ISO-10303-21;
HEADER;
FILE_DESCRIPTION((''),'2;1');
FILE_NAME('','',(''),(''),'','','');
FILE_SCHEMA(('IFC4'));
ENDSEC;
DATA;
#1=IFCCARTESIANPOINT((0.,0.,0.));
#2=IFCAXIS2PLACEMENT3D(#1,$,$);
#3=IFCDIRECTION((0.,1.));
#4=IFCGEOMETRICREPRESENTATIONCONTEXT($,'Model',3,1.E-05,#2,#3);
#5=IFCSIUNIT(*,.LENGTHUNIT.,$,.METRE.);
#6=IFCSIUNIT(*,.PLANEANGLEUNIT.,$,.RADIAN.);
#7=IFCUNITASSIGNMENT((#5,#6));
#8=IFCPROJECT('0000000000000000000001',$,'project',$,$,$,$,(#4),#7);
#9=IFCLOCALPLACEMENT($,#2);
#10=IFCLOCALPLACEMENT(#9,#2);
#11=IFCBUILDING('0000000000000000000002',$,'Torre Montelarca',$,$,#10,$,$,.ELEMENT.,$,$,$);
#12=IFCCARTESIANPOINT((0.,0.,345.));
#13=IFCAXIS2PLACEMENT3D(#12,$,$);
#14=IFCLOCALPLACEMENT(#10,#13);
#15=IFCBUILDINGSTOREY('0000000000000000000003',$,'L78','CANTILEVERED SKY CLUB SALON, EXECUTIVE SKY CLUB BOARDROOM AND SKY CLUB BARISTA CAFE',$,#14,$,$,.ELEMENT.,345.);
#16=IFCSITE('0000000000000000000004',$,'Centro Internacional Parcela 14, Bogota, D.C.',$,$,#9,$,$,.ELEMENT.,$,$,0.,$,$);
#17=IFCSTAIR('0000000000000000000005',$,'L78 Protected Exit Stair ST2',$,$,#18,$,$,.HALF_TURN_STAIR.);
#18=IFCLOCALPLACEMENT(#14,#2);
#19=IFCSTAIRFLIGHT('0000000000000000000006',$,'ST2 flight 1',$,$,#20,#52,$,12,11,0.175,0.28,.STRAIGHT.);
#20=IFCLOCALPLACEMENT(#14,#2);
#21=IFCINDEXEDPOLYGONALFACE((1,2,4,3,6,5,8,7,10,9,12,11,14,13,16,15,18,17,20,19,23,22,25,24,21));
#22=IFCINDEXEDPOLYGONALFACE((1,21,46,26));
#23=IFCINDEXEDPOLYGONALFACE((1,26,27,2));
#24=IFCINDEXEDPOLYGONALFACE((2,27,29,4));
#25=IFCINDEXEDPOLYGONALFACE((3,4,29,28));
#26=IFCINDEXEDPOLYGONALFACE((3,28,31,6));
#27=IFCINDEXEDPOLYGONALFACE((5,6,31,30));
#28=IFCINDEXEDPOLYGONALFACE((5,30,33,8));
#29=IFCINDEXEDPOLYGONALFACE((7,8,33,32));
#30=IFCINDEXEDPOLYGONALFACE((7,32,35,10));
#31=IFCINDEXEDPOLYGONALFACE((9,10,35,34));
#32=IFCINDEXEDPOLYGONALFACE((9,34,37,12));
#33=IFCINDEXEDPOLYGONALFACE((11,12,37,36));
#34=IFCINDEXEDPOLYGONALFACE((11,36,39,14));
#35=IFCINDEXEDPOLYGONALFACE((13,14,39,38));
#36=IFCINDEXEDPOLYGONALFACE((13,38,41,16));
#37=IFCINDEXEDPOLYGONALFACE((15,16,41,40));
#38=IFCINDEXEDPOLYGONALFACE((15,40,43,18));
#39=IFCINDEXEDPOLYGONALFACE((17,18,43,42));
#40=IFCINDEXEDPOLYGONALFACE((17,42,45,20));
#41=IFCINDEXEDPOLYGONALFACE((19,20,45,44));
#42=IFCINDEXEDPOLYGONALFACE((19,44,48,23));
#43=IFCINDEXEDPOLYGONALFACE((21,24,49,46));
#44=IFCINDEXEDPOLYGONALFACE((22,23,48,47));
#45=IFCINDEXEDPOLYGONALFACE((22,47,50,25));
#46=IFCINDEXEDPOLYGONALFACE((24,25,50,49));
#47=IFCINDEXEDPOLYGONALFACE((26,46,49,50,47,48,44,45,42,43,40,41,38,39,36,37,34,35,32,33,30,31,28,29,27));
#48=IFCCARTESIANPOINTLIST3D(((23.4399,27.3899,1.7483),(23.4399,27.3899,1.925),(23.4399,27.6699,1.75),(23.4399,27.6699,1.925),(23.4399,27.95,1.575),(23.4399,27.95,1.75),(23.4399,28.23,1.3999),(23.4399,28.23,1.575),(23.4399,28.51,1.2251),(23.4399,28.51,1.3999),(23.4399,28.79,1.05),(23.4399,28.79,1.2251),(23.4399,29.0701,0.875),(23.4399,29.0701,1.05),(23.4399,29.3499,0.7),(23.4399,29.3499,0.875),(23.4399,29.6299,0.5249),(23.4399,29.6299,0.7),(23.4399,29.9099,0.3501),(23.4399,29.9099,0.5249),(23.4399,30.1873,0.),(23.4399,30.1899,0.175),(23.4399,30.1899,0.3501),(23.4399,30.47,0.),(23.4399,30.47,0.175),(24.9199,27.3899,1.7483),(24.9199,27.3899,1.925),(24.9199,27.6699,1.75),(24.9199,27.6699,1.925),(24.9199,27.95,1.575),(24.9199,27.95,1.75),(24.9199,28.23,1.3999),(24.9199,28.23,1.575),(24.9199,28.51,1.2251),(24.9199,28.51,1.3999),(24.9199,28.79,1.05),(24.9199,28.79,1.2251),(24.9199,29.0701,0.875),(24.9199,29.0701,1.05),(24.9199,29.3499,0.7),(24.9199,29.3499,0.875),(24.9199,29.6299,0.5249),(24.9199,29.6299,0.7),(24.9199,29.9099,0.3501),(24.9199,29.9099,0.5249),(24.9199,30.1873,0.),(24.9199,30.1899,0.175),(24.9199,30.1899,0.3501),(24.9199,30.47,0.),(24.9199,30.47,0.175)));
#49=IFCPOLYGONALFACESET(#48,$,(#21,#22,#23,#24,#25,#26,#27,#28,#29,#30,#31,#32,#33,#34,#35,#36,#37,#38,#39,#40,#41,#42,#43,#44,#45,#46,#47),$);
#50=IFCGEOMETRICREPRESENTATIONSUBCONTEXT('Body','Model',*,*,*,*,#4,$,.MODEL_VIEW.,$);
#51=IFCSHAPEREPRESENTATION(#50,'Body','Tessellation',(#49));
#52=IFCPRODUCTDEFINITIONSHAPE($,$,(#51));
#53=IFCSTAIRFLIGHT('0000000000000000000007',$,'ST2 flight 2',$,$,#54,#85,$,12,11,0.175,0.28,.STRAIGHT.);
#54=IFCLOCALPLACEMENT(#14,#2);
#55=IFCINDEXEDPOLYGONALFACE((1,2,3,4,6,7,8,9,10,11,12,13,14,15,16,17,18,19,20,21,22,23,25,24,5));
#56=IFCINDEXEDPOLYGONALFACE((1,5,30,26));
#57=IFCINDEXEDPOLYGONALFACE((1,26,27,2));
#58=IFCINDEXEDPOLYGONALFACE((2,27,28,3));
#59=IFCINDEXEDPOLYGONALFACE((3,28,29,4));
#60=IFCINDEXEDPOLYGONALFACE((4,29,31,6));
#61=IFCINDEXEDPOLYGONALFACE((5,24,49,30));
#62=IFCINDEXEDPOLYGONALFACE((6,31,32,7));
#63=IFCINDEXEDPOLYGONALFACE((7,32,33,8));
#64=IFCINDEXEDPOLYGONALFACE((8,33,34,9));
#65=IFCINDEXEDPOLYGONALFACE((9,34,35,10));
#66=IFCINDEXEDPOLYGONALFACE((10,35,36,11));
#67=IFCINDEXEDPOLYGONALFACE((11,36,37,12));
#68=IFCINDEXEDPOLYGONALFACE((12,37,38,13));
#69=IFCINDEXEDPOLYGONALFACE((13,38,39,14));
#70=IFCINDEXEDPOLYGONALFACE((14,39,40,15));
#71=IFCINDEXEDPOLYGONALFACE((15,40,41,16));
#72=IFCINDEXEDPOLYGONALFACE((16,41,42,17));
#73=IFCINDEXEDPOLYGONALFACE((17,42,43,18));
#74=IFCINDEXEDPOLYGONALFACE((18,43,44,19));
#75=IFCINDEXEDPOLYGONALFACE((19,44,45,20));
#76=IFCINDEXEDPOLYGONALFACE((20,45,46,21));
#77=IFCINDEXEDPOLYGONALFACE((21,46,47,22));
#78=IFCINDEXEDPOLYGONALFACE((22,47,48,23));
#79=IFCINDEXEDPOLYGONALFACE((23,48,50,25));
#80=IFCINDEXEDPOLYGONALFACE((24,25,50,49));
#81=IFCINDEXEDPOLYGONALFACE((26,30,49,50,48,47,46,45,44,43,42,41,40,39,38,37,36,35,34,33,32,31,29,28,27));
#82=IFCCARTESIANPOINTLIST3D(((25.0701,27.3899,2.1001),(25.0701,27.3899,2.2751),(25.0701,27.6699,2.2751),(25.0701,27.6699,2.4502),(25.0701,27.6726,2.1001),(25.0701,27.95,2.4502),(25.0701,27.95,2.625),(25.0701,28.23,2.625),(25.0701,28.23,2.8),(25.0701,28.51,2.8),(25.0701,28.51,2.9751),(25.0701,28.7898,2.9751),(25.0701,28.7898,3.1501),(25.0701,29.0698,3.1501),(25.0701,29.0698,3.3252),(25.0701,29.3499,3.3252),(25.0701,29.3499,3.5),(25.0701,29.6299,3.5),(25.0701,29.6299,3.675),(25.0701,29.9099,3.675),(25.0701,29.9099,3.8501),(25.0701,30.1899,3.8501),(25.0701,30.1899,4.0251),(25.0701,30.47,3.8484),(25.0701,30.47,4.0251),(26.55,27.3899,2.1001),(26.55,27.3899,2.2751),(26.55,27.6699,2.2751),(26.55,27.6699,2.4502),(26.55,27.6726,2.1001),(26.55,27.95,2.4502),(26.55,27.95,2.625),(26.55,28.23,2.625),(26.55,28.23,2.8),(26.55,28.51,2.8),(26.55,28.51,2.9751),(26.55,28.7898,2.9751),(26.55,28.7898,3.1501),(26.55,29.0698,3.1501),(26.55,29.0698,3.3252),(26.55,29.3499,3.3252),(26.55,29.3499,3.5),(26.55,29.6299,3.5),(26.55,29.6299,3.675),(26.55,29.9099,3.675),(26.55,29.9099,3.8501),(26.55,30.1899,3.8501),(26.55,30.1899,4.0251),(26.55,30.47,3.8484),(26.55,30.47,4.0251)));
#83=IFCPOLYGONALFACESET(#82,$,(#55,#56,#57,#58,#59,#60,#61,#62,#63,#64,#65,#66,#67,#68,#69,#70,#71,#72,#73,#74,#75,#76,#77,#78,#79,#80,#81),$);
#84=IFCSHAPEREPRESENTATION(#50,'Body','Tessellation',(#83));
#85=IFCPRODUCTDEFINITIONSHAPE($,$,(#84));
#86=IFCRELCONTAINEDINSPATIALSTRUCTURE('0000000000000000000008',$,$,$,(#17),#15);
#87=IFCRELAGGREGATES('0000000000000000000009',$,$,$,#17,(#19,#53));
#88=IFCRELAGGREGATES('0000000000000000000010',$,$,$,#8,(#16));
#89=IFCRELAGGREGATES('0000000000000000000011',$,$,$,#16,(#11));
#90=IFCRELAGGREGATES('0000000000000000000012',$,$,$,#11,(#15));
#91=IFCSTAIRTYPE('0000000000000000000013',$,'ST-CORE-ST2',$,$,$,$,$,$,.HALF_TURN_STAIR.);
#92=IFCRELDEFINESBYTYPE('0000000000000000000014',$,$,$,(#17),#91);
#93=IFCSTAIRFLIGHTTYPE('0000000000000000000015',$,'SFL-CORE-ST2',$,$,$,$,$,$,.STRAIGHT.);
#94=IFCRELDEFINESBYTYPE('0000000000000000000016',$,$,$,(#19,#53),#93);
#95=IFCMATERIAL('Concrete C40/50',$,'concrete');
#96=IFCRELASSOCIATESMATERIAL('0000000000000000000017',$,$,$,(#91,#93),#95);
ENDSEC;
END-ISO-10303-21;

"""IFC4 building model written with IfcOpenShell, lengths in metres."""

from ifc_helpers import new_model, si_unit, direction, frame, origin, place, context, subcontext, project, spatial, polyline, outline, extrude, material, type_object, element, aggregate, save


model = new_model("IFC4")

# Units and contexts
model_context = context("Model", 3, precision=1e-05, world=origin(), true_north=direction((0.0, 1.0)))
body_context = subcontext(model_context, "Body", "Model", "MODEL_VIEW")
ifc_project = project(units=[si_unit("LENGTHUNIT", "METRE"), si_unit("PLANEANGLEUNIT", "RADIAN")], contexts=[model_context])

# Site, building, storey
site_placement = place(None, origin())
site = spatial("IfcSite", under=ifc_project, at=site_placement, Name="Centro Internacional Parcela 14, Bogota, D.C.", CompositionType="ELEMENT", RefElevation=0.0)
building_placement = place(site_placement, origin())
building = spatial("IfcBuilding", under=site, at=building_placement, Name="Torre Montelarca", CompositionType="ELEMENT")
storey_placement = place(building_placement, frame((0.0, 0.0, 345.0)))
storey = spatial("IfcBuildingStorey", under=building, at=storey_placement, Name="L78", Description="CANTILEVERED SKY CLUB SALON, EXECUTIVE SKY CLUB BOARDROOM AND SKY CLUB BARISTA CAFE", CompositionType="ELEMENT", Elevation=345.0)

# Shared definitions
ifc_material_1 = material(Name="Concrete C40/50", Category="concrete")

# Stair, stair flights
stair_type = type_object("IfcStairType", Name="ST-CORE-ST2", PredefinedType="HALF_TURN_STAIR", material=ifc_material_1)
stair_placement = place(storey_placement, origin())
stair = element("IfcStair", 1, at=stair_placement, inside=storey, type_object=stair_type, Name="L78 Protected Exit Stair ST2", PredefinedType="HALF_TURN_STAIR")
stair_flight_type = type_object("IfcStairFlightType", Name="SFL-CORE-ST2", PredefinedType="STRAIGHT", material=ifc_material_1)
stair_flight_1_placement = place(storey_placement, frame((24.1799, 30.47, 0.0), z_axis=(0.0, 0.0, 1.0), x_axis=(0.0, -1.0, 0.0)))
stair_flight_1 = element("IfcStairFlight", 2, at=stair_flight_1_placement, type_object=stair_flight_type, Name="ST2 flight 1", NumberOfRisers=12, NumberOfTreads=11, PredefinedType="STRAIGHT", RiserHeight=0.175, TreadLength=0.28, context=body_context, shape_type="SweptSolid", body=[
    extrude(outline(polyline([(0.0, 0.0), (0.0, 0.175), (0.28, 0.175), (0.28, 0.3501), (0.5601, 0.3501), (0.5601, 0.5249), (0.8401, 0.5249), (0.8401, 0.7), (1.1201, 0.7), (1.1201, 0.875), (1.3999, 0.875), (1.3999, 1.05), (1.6799, 1.05), (1.6799, 1.2251), (1.96, 1.2251), (1.96, 1.3999), (2.24, 1.3999), (2.24, 1.575), (2.52, 1.575), (2.52, 1.75), (2.8, 1.75), (2.8, 1.925), (3.0801, 1.925), (3.0801, 2.1001), (3.0801, 1.7483), (0.2827, 0.0), (0.0, 0.0)])), frame((0.0, 0.74, 0.0), z_axis=(0.0, -1.0, 0.0), x_axis=(1.0, 0.0, 0.0)), (0.0, 0.0, 1.0), 1.48),
])
stair_flight_2_placement = place(storey_placement, frame((25.8101, 27.3899, 2.1001), z_axis=(0.0, 0.0, 1.0), x_axis=(0.0, 1.0, 0.0)))
stair_flight_2 = element("IfcStairFlight", 3, at=stair_flight_2_placement, type_object=stair_flight_type, Name="ST2 flight 2", NumberOfRisers=12, NumberOfTreads=11, PredefinedType="STRAIGHT", RiserHeight=0.175, TreadLength=0.28, context=body_context, shape_type="SweptSolid", body=[
    extrude(outline(polyline([(0.0, 0.0), (0.0, 0.175), (0.28, 0.175), (0.28, 0.3501), (0.5601, 0.3501), (0.5601, 0.5249), (0.8401, 0.5249), (0.8401, 0.7), (1.1201, 0.7), (1.1201, 0.875), (1.3999, 0.875), (1.3999, 1.05), (1.6799, 1.05), (1.6799, 1.2251), (1.96, 1.2251), (1.96, 1.3999), (2.24, 1.3999), (2.24, 1.575), (2.52, 1.575), (2.52, 1.75), (2.8, 1.75), (2.8, 1.925), (3.0801, 1.925), (3.0801, 2.1001), (3.0801, 1.7483), (0.2827, 0.0), (0.0, 0.0)])), frame((0.0, 0.74, 0.0), z_axis=(0.0, -1.0, 0.0), x_axis=(1.0, 0.0, 0.0)), (0.0, 0.0, 1.0), 1.48),
])
aggregate(stair, [stair_flight_1, stair_flight_2])

save(model, "model.ifc")
